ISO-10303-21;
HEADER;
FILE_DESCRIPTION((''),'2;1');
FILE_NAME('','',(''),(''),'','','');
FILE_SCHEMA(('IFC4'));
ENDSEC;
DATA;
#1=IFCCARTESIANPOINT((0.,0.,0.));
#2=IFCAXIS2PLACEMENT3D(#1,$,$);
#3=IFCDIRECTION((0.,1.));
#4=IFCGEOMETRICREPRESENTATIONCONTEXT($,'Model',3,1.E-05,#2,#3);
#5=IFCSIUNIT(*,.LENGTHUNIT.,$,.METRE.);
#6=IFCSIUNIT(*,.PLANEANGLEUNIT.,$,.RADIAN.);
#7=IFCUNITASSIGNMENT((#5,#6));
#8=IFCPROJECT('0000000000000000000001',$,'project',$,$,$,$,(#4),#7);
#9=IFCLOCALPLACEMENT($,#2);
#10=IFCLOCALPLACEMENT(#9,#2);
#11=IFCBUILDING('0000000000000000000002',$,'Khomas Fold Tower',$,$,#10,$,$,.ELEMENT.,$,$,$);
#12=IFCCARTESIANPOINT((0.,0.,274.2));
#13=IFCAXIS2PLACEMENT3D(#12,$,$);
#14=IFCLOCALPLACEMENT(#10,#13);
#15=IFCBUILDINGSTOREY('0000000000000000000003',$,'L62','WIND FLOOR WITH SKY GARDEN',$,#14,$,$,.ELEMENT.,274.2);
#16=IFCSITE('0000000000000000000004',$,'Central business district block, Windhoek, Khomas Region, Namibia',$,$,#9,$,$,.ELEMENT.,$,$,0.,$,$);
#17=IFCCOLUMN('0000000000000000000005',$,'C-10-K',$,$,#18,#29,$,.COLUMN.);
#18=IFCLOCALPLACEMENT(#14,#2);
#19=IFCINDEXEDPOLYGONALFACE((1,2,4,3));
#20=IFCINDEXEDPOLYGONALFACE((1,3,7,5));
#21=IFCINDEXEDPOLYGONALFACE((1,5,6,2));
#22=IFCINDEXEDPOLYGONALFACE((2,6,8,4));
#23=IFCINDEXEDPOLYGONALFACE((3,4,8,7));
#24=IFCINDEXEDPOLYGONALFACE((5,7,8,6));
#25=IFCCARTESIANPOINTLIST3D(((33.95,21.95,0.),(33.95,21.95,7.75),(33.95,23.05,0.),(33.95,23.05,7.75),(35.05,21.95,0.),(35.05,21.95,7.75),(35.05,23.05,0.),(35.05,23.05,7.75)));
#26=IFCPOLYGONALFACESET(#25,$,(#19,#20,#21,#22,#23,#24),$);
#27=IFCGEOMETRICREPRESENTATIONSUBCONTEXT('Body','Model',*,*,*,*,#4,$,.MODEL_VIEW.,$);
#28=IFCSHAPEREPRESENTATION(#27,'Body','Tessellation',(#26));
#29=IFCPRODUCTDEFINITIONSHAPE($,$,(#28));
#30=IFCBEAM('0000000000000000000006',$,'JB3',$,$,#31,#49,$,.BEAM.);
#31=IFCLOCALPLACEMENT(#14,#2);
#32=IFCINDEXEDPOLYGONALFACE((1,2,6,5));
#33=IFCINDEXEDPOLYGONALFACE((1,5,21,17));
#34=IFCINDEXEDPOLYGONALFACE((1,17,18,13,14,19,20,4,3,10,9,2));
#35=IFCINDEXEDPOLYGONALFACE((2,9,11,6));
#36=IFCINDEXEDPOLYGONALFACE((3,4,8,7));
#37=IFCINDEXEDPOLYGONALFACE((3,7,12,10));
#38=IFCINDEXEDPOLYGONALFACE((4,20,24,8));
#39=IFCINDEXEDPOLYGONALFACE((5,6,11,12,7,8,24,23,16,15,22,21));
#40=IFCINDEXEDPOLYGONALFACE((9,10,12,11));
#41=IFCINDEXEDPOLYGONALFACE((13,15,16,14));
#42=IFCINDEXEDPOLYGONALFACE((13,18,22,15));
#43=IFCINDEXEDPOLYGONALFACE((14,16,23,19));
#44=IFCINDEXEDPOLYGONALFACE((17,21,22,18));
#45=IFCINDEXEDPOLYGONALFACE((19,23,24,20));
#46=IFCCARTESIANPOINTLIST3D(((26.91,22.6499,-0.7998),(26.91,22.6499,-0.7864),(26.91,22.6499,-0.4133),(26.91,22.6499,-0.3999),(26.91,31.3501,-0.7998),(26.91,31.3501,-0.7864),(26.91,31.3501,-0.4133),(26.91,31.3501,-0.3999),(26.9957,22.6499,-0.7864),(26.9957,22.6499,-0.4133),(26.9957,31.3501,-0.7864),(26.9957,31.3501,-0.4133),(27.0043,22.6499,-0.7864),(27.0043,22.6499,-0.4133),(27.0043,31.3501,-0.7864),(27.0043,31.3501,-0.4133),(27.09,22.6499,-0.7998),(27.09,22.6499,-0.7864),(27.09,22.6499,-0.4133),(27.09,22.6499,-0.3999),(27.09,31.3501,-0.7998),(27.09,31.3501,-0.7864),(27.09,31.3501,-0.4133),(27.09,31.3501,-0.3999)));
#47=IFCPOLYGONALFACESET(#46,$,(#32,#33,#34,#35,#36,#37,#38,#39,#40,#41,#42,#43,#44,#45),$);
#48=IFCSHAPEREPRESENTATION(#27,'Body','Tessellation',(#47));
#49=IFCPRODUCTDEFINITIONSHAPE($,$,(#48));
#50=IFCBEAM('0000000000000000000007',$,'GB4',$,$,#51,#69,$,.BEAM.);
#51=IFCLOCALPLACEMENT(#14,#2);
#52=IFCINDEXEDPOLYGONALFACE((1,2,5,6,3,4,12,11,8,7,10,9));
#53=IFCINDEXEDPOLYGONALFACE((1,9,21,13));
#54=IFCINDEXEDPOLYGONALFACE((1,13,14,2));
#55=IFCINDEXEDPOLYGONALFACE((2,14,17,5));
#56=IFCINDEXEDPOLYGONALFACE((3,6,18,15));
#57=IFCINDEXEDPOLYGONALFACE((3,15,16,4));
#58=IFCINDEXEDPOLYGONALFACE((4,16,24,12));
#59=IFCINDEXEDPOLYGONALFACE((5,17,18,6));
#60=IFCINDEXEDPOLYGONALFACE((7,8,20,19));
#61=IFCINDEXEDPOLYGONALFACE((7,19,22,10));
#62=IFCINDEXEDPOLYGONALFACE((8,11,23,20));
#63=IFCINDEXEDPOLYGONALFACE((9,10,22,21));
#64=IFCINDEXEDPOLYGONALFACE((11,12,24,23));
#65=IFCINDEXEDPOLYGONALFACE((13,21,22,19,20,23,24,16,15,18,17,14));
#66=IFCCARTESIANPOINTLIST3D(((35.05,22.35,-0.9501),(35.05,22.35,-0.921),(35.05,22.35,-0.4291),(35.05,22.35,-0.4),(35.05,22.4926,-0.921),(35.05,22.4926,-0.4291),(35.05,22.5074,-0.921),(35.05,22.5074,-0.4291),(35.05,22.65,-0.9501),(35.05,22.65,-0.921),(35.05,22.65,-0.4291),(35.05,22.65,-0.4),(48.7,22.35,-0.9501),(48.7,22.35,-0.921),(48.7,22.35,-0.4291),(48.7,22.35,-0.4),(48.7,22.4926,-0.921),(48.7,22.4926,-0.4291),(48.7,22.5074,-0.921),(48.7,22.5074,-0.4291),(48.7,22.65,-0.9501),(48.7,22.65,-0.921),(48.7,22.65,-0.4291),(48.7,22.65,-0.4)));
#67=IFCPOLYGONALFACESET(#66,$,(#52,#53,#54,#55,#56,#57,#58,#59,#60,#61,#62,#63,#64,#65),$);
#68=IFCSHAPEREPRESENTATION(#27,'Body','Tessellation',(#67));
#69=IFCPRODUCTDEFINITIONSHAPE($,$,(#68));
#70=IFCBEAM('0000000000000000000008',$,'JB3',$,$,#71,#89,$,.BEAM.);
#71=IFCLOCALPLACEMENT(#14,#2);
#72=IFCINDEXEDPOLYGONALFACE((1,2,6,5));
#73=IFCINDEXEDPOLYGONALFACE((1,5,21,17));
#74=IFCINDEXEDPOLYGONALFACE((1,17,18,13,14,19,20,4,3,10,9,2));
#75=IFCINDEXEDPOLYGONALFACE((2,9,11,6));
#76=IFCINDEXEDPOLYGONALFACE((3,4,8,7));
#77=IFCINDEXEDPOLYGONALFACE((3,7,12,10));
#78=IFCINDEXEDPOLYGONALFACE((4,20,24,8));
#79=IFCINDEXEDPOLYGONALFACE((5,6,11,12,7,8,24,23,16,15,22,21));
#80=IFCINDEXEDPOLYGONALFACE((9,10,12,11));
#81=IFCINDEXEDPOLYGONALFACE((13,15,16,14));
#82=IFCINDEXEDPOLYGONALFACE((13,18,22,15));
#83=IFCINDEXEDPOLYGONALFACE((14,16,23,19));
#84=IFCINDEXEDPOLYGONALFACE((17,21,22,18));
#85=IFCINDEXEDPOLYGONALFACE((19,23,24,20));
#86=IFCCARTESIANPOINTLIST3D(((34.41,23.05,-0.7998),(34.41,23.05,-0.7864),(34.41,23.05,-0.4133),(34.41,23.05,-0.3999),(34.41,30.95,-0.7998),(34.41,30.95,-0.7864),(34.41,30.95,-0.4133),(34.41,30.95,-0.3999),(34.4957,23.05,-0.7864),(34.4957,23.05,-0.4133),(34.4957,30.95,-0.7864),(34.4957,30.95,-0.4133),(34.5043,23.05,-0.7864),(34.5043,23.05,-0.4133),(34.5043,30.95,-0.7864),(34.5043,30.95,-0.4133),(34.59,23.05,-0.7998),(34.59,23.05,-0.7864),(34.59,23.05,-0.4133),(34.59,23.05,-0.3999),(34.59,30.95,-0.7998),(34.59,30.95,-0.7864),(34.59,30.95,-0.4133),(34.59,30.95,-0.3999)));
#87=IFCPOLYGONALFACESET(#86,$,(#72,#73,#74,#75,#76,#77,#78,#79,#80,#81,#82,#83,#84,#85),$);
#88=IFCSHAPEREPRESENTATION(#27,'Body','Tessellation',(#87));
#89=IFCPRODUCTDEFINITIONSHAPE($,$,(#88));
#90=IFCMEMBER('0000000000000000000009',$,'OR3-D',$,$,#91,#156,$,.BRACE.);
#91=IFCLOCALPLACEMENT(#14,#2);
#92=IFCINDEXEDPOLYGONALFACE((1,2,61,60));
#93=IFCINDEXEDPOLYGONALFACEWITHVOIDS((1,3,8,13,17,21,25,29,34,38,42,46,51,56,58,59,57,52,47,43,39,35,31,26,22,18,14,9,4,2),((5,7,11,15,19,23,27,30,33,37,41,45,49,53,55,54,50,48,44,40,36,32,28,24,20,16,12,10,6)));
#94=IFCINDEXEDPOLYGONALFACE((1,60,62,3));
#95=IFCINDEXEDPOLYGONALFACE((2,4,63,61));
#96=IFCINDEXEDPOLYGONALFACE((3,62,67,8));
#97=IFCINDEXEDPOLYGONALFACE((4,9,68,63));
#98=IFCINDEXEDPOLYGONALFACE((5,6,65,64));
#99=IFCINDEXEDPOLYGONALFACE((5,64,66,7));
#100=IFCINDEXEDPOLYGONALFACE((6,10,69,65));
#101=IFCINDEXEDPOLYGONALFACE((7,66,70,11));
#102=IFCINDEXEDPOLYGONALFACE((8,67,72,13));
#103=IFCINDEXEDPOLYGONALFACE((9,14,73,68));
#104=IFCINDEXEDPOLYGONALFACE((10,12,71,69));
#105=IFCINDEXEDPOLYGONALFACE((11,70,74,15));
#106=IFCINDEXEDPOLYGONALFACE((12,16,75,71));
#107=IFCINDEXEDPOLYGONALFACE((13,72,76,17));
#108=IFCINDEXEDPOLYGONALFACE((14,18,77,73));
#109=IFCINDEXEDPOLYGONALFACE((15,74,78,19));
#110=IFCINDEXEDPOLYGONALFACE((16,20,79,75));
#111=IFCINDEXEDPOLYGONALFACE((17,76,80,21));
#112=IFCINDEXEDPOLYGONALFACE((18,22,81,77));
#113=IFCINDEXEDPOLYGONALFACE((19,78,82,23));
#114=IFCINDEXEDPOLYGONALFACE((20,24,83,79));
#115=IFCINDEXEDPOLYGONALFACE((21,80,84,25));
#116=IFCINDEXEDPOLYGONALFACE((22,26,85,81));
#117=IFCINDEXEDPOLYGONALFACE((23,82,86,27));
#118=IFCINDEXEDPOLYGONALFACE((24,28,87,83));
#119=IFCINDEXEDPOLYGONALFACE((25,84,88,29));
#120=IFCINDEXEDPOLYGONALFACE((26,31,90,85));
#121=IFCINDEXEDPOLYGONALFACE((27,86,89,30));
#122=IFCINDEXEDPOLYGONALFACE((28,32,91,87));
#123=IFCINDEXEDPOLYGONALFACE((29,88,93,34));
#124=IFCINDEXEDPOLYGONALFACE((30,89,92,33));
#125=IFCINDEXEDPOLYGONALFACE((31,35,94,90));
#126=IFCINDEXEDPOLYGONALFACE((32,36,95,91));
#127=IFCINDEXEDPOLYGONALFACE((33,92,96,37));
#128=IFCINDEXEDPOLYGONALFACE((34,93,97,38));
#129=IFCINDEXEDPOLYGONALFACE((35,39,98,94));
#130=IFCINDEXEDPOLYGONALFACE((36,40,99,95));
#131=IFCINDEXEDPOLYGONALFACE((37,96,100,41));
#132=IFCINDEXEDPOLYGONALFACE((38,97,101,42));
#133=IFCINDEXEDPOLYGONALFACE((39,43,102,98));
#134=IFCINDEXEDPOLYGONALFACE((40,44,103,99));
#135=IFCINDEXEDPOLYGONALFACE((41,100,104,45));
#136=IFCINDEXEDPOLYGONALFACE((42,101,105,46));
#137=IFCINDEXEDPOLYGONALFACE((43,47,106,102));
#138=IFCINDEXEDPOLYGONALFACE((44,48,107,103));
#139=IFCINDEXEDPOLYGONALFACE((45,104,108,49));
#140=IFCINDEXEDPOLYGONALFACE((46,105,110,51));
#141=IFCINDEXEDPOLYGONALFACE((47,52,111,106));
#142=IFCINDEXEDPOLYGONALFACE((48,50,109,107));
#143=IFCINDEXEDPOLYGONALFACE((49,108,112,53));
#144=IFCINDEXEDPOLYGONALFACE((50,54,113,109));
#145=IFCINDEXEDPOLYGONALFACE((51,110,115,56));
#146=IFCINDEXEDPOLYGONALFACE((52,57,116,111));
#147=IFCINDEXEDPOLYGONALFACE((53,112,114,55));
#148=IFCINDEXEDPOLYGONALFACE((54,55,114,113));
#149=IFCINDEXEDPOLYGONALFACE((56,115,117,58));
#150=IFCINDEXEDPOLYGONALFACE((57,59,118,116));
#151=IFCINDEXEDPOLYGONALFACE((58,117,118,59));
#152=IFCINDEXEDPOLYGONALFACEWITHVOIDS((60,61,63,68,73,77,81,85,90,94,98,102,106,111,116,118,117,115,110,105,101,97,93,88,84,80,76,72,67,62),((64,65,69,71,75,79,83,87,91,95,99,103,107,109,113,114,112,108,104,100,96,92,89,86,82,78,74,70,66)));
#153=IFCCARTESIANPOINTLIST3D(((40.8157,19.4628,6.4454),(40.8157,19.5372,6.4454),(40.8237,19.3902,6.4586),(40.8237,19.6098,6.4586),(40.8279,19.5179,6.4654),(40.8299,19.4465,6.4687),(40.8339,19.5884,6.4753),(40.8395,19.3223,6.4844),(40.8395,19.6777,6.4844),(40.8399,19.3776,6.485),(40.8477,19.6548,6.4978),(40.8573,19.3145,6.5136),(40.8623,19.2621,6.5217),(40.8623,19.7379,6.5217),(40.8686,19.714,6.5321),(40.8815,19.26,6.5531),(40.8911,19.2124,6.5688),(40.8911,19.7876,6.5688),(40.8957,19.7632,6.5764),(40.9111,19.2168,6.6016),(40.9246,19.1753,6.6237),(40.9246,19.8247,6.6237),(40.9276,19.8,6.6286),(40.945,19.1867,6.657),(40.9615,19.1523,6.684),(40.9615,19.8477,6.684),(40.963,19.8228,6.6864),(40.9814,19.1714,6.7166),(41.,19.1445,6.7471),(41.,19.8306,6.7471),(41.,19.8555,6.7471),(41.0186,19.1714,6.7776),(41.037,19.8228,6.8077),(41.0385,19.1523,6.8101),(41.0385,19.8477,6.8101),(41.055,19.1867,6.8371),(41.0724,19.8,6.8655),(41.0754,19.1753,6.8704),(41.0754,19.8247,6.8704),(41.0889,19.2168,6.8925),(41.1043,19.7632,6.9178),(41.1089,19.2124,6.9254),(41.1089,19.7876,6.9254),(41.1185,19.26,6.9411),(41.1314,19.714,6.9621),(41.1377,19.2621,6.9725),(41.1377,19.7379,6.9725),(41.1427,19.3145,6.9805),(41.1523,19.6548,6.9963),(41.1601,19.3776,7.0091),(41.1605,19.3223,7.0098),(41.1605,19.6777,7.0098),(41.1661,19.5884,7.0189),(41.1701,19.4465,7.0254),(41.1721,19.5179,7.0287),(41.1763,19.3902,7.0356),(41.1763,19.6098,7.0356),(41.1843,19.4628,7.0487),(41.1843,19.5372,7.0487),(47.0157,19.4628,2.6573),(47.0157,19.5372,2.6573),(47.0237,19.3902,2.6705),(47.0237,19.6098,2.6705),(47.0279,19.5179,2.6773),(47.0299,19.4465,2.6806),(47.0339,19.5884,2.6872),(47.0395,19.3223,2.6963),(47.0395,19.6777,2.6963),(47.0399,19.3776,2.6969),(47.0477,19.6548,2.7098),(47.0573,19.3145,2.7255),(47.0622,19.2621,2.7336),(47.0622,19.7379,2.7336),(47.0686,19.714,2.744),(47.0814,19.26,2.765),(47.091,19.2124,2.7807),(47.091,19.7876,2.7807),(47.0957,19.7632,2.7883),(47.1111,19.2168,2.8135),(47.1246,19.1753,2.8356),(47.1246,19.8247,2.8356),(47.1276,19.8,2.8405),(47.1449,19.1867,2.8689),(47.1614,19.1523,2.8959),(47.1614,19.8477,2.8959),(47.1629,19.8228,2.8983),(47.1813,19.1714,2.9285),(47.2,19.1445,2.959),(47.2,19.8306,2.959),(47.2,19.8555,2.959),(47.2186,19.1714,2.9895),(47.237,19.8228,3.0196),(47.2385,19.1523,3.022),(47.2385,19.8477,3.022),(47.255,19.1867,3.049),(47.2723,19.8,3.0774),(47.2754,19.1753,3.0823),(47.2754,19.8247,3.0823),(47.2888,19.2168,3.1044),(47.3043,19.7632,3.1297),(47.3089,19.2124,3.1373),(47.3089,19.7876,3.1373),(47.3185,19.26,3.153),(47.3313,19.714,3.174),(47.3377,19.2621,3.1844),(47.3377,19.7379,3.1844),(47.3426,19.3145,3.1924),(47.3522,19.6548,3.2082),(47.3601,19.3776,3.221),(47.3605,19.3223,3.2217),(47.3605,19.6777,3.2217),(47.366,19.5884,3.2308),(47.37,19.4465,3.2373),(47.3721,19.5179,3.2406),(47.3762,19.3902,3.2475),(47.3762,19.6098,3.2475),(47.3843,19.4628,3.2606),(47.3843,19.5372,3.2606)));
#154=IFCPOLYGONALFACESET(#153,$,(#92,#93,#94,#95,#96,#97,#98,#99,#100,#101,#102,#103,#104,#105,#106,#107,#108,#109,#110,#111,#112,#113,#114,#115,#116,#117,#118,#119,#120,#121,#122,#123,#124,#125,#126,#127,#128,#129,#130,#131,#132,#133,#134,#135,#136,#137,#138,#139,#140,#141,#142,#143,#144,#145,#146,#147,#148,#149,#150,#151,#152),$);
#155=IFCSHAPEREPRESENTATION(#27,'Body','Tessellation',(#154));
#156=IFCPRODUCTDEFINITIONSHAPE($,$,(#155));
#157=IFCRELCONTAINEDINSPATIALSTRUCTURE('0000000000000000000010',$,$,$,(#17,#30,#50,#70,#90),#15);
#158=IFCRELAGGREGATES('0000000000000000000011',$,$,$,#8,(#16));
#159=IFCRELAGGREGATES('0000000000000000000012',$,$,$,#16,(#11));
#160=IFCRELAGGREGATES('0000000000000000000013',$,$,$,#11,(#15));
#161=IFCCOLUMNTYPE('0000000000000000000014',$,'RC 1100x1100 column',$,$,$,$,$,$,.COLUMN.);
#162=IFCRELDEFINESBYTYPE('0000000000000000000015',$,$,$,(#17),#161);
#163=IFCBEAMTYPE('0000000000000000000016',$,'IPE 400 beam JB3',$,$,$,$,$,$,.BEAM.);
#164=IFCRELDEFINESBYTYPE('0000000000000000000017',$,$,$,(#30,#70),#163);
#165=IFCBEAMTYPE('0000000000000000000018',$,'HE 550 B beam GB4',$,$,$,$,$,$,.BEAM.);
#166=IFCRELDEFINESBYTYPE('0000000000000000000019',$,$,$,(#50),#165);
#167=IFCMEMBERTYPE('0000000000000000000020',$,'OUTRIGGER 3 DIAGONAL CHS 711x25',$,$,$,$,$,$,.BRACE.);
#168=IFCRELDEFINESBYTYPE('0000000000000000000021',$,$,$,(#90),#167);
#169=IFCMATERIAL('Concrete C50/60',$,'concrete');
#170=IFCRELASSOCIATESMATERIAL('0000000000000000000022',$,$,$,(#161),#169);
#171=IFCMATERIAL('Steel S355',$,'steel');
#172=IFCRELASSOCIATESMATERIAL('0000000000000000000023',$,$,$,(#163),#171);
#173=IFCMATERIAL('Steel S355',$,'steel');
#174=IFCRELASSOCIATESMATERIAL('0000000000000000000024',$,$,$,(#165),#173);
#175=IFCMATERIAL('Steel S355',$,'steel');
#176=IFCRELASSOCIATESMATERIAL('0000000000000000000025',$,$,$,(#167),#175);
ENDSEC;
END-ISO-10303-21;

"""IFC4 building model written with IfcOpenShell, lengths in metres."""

from ifc_helpers import new_model, si_unit, direction, frame, origin, origin_2d, place, context, subcontext, project, spatial, rectangle, hollow_circle, i_section, extrude, source, transform, mapped, material, material_profile, profile_set, type_object, element, save


model = new_model("IFC4")

# Units and contexts
model_context = context("Model", 3, precision=1e-05, world=origin(), true_north=direction((0.0, 1.0)))
body_context = subcontext(model_context, "Body", "Model", "MODEL_VIEW")
ifc_project = project(units=[si_unit("LENGTHUNIT", "METRE"), si_unit("PLANEANGLEUNIT", "RADIAN")], contexts=[model_context])

# Site, building, storey
site_placement = place(None, origin())
site = spatial("IfcSite", under=ifc_project, at=site_placement, Name="Central business district block, Windhoek, Khomas Region, Namibia", CompositionType="ELEMENT", RefElevation=0.0)
building_placement = place(site_placement, origin())
building = spatial("IfcBuilding", under=site, at=building_placement, Name="Khomas Fold Tower", CompositionType="ELEMENT")
storey_placement = place(building_placement, frame((0.0, 0.0, 274.2)))
storey = spatial("IfcBuildingStorey", under=building, at=storey_placement, Name="L62", Description="WIND FLOOR WITH SKY GARDEN", CompositionType="ELEMENT", Elevation=274.2)

# Column
ifc_material_1 = material(Name="Concrete C50/60", Category="concrete")
ifc_material_profile_1 = material_profile(ifc_material_1, rectangle(XDim=1.1001, YDim=1.1001, at=origin_2d()), Name="RC 1100x1100")
ifc_profile_set_1 = profile_set([ifc_material_profile_1], Name="Concrete C50/60")
column_type = type_object("IfcColumnType", Name="RC 1100x1100 column", PredefinedType="COLUMN", material=ifc_profile_set_1)
shared_shape_1 = source(origin(), body_context, "Body", "SweptSolid", [
    extrude(rectangle(XDim=1.1001, YDim=1.1001, at=origin_2d()), origin(), (0.0, 0.0, 1.0), 7.75),
])
column_placement = place(storey_placement, frame((34.5, 22.5, 0.0), z_axis=(0.0, 0.0, 1.0), x_axis=(1.0, 0.0, 0.0)))
element("IfcColumn", 1, at=column_placement, inside=storey, type_object=column_type, Name="C-10-K", PredefinedType="COLUMN", context=body_context, shape_type="MappedRepresentation", body=[
    mapped(shared_shape_1, transform((0.0, 0.0, 0.0))),
])

# Beams
ifc_material_2 = material(Name="Steel S355", Category="steel")
ifc_material_profile_2 = material_profile(ifc_material_2, i_section(OverallWidth=0.1799, OverallDepth=0.3999, WebThickness=0.0085, FlangeThickness=0.0134, at=origin_2d()), Name="IPE 400")
ifc_profile_set_2 = profile_set([ifc_material_profile_2], Name="Steel S355")
beam_type_1 = type_object("IfcBeamType", Name="IPE 400 beam JB3", PredefinedType="BEAM", material=ifc_profile_set_2)
shared_shape_2 = source(origin(), body_context, "Body", "SweptSolid", [
    extrude(i_section(OverallWidth=0.1799, OverallDepth=0.3999, WebThickness=0.0085, FlangeThickness=0.0134, at=origin_2d()), origin(), (0.0, 0.0, 1.0), 8.7002),
])
beam_1_placement = place(storey_placement, frame((27.0, 22.6499, -0.5999), z_axis=(0.0, 1.0, 0.0), x_axis=(-1.0, 0.0, 0.0)))
element("IfcBeam", 2, at=beam_1_placement, inside=storey, type_object=beam_type_1, Name="JB3", PredefinedType="BEAM", context=body_context, shape_type="MappedRepresentation", body=[
    mapped(shared_shape_2, transform((0.0, 0.0, 0.0))),
])
ifc_material_3 = material(Name="Steel S355", Category="steel")
ifc_material_profile_3 = material_profile(ifc_material_3, i_section(OverallWidth=0.3, OverallDepth=0.55, WebThickness=0.0149, FlangeThickness=0.0291, at=origin_2d()), Name="HE 550 B")
ifc_profile_set_3 = profile_set([ifc_material_profile_3], Name="Steel S355")
beam_type_2 = type_object("IfcBeamType", Name="HE 550 B beam GB4", PredefinedType="BEAM", material=ifc_profile_set_3)
shared_shape_3 = source(origin(), body_context, "Body", "SweptSolid", [
    extrude(i_section(OverallWidth=0.3, OverallDepth=0.55, WebThickness=0.0149, FlangeThickness=0.0291, at=origin_2d()), origin(), (0.0, 0.0, 1.0), 13.6499),
])
beam_2_placement = place(storey_placement, frame((35.05, 22.5, -0.675), z_axis=(1.0, 0.0, 0.0), x_axis=(0.0, 1.0, 0.0)))
element("IfcBeam", 3, at=beam_2_placement, inside=storey, type_object=beam_type_2, Name="GB4", PredefinedType="BEAM", context=body_context, shape_type="MappedRepresentation", body=[
    mapped(shared_shape_3, transform((0.0, 0.0, 0.0))),
])
shared_shape_4 = source(origin(), body_context, "Body", "SweptSolid", [
    extrude(i_section(OverallWidth=0.1799, OverallDepth=0.3999, WebThickness=0.0085, FlangeThickness=0.0134, at=origin_2d()), origin(), (0.0, 0.0, 1.0), 7.8999),
])
beam_3_placement = place(storey_placement, frame((34.5, 23.05, -0.5999), z_axis=(0.0, 1.0, 0.0), x_axis=(-1.0, 0.0, 0.0)))
element("IfcBeam", 4, at=beam_3_placement, inside=storey, type_object=beam_type_1, Name="JB3", PredefinedType="BEAM", context=body_context, shape_type="MappedRepresentation", body=[
    mapped(shared_shape_4, transform((0.0, 0.0, 0.0))),
])

# Member
ifc_material_4 = material(Name="Steel S355", Category="steel")
ifc_material_profile_4 = material_profile(ifc_material_4, hollow_circle(Radius=0.3555, WallThickness=0.0249, at=origin_2d()), Name="CHS 711x25")
ifc_profile_set_4 = profile_set([ifc_material_profile_4], Name="Steel S355")
member_type_1 = type_object("IfcMemberType", Name="OUTRIGGER 3 DIAGONAL CHS 711x25", PredefinedType="BRACE", material=ifc_profile_set_4)
shared_shape_5 = source(origin(), body_context, "Body", "SweptSolid", [
    extrude(hollow_circle(Radius=0.3555, WallThickness=0.0249, at=origin_2d()), origin(), (0.0, 0.0, 1.0), 7.2656),
])
for number, where, z_axis, x_axis, name in (
    (5, (41.0, 19.5, 6.7471), (0.853329, 0.0, -0.521373), (0.0, 1.0, 0.0), "OR3-D"),
):
    element("IfcMember", number, at=place(storey_placement, frame(where, z_axis=z_axis, x_axis=x_axis)), inside=storey, type_object=member_type_1, Name=name, PredefinedType="BRACE", context=body_context, shape_type="MappedRepresentation", body=[
        mapped(shared_shape_5, transform((0.0, 0.0, 0.0))),
    ])

save(model, "model.ifc")
